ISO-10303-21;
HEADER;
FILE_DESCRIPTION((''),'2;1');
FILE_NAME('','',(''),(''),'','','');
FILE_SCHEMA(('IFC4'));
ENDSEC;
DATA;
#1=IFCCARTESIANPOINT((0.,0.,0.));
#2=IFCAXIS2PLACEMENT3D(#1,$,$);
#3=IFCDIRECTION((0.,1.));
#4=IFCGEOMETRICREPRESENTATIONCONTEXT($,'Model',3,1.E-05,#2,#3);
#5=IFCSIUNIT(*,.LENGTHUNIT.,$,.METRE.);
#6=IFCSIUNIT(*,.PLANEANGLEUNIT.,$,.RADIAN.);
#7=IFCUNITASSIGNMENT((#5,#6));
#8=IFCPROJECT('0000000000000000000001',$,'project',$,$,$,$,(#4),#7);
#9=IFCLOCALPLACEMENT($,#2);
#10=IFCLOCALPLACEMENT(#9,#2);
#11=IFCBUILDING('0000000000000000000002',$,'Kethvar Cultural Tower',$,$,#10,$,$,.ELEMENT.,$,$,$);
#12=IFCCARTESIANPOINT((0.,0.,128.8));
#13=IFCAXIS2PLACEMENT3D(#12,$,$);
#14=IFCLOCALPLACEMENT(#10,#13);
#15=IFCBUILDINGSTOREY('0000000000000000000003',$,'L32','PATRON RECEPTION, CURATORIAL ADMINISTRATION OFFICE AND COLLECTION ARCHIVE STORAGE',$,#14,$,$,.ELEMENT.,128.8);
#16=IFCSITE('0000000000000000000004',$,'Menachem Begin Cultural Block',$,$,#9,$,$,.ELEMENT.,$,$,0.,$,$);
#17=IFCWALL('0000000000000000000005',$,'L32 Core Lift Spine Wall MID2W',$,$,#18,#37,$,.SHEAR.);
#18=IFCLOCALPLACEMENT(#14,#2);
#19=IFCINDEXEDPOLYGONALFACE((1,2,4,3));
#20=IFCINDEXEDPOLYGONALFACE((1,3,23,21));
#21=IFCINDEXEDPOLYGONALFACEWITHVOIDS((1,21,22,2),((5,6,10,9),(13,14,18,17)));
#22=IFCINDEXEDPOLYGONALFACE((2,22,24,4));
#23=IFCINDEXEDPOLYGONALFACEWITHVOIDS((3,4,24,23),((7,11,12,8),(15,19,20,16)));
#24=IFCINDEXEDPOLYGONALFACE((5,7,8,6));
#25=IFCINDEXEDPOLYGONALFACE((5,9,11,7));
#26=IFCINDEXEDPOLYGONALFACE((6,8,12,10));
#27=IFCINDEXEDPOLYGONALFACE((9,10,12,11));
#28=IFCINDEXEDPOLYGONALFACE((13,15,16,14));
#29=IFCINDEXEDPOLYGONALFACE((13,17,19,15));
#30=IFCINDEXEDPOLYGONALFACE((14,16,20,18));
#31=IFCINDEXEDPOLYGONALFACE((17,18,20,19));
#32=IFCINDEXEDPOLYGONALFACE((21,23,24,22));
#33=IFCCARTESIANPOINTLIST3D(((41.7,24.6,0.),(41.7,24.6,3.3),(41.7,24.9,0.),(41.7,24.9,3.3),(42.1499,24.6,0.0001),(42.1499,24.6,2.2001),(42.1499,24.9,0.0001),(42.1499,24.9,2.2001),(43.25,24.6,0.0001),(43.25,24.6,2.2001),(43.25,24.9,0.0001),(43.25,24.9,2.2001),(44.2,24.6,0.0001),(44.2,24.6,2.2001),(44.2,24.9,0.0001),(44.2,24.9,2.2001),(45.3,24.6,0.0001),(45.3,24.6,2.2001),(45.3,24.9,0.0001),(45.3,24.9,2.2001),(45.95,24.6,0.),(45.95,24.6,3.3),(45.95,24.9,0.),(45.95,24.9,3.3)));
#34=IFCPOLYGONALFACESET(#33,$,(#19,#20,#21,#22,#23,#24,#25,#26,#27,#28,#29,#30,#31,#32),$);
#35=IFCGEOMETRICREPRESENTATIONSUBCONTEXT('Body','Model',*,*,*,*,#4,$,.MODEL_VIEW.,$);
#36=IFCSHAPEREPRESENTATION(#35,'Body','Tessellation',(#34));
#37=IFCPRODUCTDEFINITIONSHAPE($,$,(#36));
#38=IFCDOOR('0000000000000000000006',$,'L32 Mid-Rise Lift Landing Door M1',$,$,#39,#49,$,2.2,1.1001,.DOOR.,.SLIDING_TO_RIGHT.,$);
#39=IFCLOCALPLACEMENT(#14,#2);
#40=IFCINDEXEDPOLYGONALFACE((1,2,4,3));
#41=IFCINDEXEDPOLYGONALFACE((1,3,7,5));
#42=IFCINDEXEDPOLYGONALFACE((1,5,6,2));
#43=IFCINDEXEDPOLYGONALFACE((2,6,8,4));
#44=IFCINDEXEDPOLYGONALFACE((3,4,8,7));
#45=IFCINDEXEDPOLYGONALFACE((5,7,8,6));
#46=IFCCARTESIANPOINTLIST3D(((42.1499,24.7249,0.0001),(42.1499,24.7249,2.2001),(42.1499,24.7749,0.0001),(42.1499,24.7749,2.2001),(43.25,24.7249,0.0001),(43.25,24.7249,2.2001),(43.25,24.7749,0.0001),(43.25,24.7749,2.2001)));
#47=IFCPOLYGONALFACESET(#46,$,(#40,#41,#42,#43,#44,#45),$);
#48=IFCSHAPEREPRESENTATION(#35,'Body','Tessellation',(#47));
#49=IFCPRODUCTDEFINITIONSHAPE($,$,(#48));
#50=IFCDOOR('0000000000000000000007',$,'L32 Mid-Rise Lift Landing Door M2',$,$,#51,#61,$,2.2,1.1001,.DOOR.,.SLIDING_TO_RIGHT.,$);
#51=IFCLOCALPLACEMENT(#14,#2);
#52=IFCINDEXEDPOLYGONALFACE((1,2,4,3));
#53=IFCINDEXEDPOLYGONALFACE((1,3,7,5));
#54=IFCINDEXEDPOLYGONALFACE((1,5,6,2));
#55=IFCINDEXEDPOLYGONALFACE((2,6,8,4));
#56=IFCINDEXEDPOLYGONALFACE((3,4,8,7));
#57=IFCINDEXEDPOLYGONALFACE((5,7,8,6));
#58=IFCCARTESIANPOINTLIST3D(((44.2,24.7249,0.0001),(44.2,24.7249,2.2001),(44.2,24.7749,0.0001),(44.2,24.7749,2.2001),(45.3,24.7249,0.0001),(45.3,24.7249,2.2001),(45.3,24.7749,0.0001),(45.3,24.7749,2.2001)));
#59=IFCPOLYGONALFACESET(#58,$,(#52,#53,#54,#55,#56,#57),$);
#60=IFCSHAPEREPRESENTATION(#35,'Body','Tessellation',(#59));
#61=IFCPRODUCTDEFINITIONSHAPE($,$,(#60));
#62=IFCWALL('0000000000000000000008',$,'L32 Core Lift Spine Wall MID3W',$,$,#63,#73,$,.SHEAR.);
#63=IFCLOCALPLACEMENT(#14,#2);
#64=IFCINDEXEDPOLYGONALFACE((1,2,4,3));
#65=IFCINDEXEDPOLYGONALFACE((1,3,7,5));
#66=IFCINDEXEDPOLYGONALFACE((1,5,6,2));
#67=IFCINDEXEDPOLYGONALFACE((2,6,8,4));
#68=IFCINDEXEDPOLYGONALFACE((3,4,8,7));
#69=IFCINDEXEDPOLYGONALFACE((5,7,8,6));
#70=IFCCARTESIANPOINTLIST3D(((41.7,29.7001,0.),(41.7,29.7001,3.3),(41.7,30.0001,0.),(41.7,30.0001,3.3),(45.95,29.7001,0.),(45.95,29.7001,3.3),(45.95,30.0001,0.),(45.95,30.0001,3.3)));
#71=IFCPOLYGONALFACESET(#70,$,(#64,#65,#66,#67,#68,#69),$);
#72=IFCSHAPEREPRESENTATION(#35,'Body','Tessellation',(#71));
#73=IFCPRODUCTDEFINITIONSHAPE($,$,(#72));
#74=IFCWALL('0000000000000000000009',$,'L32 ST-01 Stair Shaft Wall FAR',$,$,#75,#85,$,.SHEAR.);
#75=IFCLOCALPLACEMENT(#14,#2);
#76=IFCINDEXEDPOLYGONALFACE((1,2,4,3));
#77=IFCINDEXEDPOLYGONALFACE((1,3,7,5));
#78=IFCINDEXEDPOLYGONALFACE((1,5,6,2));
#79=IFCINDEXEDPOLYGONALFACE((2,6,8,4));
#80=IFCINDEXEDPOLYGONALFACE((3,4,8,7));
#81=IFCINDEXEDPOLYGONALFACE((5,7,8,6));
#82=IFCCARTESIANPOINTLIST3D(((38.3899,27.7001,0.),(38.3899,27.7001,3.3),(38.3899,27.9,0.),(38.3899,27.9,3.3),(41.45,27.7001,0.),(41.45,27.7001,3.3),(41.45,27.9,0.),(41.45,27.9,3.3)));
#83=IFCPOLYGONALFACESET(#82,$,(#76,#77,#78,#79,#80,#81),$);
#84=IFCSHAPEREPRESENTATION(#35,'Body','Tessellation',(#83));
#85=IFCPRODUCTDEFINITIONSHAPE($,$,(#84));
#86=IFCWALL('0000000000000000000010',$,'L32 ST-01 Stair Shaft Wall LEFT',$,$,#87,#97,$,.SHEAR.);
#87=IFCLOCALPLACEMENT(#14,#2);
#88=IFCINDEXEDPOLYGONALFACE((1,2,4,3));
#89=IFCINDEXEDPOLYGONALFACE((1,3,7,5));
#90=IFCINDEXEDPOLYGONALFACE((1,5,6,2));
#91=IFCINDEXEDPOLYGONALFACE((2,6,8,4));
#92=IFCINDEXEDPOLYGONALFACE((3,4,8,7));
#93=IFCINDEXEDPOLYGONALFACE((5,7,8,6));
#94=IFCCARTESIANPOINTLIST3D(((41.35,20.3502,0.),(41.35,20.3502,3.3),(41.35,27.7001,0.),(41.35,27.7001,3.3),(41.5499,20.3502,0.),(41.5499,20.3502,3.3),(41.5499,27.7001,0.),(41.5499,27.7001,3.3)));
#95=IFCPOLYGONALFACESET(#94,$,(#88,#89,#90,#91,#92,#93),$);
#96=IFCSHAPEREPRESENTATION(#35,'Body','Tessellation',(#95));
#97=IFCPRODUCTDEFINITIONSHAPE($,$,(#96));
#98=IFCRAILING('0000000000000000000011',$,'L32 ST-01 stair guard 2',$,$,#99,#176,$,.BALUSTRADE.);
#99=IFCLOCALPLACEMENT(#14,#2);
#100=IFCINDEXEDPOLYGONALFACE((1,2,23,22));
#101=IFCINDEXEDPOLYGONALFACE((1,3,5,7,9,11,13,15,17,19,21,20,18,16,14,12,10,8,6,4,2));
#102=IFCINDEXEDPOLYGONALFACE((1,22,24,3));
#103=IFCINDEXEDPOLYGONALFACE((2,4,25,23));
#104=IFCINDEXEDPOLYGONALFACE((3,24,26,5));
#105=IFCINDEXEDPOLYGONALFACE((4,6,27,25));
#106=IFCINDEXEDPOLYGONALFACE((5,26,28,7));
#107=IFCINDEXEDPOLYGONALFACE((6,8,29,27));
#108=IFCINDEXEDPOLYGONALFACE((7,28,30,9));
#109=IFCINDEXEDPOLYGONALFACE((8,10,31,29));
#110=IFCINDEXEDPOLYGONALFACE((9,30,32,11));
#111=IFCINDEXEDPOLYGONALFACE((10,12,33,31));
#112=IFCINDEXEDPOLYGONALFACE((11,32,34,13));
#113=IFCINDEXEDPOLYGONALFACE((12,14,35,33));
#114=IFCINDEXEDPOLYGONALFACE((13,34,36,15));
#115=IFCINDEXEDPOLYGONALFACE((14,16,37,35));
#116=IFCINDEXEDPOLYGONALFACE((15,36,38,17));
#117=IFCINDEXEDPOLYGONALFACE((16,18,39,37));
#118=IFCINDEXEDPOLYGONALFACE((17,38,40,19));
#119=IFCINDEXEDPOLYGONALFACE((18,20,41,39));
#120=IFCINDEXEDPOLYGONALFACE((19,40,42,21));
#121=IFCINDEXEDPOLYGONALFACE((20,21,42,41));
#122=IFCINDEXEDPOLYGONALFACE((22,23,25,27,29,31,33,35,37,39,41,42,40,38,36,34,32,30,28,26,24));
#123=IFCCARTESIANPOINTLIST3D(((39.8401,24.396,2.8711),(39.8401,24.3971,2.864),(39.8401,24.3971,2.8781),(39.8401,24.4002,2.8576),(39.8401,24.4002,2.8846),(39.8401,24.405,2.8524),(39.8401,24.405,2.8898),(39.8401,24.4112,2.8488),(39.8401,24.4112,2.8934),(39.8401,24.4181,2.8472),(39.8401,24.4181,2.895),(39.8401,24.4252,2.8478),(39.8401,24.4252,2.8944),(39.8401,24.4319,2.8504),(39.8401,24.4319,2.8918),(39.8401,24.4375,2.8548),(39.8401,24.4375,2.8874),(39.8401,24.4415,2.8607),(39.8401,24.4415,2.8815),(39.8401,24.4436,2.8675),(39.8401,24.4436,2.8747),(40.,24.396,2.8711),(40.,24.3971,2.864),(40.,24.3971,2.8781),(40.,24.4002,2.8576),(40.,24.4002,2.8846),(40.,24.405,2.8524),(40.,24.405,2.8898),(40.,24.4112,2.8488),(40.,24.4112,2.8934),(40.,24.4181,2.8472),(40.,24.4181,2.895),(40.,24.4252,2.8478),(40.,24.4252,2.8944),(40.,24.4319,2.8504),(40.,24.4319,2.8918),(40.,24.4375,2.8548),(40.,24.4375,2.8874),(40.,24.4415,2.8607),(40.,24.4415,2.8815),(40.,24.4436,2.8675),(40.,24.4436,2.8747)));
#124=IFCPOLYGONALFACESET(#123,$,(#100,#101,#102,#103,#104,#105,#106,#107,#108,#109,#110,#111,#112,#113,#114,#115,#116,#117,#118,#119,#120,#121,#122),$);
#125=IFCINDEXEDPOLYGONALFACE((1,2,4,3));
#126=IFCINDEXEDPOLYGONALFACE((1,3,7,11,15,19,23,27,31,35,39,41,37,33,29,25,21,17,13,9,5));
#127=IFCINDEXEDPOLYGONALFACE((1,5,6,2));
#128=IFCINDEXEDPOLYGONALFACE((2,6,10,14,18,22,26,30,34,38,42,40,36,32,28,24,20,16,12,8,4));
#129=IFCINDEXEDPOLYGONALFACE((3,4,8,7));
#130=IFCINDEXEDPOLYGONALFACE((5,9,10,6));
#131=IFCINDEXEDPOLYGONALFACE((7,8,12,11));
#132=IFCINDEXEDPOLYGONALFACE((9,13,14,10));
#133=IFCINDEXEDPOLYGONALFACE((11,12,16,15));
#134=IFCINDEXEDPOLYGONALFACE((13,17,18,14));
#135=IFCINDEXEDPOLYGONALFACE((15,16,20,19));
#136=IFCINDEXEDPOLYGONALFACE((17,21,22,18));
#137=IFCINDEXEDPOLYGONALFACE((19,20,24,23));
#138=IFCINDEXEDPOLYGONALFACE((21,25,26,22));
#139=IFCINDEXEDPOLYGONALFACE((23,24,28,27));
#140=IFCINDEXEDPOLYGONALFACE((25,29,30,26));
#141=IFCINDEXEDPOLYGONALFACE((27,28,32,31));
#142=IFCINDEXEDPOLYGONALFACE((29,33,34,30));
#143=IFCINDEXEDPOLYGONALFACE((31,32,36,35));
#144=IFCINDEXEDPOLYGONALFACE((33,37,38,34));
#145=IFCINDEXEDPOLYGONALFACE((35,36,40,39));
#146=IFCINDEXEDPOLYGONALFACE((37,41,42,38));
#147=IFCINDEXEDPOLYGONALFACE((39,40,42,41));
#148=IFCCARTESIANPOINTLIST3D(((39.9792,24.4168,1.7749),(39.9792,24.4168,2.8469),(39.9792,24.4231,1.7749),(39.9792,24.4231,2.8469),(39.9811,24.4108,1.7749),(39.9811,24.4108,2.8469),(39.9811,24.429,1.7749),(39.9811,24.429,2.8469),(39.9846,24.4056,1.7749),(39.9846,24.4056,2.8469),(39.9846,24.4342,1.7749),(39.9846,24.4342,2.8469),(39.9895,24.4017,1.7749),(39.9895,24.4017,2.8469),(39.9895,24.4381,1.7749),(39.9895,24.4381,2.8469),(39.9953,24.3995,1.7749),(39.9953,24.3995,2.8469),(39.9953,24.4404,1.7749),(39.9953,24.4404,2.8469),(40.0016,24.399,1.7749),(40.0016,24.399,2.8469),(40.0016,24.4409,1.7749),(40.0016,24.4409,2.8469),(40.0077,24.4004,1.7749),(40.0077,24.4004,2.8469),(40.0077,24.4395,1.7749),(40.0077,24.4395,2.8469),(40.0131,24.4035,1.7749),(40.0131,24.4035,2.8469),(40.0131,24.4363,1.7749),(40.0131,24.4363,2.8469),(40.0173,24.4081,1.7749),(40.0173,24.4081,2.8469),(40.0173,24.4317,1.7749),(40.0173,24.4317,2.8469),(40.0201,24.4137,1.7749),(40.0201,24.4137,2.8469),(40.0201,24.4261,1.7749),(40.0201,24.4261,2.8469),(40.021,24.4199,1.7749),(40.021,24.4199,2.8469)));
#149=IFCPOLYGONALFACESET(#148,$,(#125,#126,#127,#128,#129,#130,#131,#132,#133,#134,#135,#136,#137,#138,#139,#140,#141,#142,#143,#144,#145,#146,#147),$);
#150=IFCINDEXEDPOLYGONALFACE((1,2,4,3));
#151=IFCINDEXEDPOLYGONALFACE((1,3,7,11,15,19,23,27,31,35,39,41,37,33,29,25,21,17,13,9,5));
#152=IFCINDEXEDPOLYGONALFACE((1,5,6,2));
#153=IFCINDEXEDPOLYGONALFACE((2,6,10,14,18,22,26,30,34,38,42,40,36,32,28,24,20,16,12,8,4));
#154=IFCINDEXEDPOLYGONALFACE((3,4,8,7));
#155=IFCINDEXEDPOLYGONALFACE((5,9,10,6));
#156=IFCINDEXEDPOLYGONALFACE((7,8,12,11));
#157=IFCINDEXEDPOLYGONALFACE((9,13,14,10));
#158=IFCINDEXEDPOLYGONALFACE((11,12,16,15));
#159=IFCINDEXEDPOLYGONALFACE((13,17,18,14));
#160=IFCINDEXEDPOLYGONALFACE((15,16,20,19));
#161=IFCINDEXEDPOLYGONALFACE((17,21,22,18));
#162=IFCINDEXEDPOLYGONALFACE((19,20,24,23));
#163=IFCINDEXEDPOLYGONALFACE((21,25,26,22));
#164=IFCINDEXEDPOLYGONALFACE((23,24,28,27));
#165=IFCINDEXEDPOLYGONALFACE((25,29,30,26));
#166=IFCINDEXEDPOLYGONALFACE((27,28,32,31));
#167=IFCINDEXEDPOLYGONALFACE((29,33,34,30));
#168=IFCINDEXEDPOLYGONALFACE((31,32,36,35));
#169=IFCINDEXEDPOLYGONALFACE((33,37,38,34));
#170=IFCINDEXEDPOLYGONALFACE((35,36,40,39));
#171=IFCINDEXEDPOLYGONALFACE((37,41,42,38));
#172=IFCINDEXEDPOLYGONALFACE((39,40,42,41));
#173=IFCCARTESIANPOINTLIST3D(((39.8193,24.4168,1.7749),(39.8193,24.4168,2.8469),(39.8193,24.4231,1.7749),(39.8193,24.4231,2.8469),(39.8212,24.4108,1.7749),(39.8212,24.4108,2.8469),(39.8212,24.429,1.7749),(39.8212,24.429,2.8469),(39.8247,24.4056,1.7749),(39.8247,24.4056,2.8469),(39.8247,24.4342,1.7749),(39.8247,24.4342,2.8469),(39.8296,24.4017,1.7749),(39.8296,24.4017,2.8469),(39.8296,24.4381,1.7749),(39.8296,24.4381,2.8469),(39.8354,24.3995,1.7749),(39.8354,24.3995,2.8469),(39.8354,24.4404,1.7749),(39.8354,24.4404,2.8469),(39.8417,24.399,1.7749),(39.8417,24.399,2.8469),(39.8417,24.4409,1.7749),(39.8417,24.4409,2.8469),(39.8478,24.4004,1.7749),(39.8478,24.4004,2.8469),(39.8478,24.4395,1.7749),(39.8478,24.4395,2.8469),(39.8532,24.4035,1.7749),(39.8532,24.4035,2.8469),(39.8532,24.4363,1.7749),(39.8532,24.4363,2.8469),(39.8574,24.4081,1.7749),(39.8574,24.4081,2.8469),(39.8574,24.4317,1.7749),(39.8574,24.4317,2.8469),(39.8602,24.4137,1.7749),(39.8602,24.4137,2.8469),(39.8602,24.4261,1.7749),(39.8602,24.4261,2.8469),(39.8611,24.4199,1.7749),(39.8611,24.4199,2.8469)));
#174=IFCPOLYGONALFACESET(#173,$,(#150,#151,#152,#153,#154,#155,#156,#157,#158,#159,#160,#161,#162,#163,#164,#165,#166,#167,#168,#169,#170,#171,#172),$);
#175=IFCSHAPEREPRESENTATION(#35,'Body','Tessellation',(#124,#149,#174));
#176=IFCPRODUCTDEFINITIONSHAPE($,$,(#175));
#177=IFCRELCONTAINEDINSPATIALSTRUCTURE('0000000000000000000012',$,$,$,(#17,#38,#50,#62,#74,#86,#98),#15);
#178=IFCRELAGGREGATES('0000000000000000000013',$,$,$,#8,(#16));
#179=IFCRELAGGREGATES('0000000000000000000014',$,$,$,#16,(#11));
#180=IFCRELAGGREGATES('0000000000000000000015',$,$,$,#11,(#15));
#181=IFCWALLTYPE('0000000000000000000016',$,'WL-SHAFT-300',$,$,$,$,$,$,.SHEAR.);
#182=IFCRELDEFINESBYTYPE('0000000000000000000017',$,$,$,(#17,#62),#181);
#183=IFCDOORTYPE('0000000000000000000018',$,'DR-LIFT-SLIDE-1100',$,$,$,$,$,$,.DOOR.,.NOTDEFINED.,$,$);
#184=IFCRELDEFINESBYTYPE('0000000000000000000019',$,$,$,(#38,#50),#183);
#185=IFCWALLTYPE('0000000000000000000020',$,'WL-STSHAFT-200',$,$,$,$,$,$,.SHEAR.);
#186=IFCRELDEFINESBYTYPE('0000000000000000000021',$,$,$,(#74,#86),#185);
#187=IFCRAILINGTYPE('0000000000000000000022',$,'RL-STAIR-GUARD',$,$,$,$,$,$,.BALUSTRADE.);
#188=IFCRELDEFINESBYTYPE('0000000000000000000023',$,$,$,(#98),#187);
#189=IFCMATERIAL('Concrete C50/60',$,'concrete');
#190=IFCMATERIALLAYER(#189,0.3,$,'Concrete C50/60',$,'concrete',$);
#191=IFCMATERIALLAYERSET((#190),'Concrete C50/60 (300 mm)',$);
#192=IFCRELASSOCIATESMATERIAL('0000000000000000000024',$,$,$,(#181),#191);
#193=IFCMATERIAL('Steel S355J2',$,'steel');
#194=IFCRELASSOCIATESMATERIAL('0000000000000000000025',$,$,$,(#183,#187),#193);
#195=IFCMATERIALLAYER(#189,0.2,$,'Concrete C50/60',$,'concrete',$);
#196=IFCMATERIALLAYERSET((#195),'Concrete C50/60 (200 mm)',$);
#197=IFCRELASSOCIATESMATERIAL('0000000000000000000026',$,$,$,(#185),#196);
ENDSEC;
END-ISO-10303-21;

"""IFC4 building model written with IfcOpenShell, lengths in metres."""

from ifc_helpers import new_model, si_unit, direction, frame, frame_2d, origin, origin_2d, place, context, subcontext, project, spatial, rectangle, circle, extrude, source, transform, mapped, material, layer, layer_set, type_object, element, fill, save


model = new_model("IFC4")

# Units and contexts
model_context = context("Model", 3, precision=1e-05, world=origin(), true_north=direction((0.0, 1.0)))
body_context = subcontext(model_context, "Body", "Model", "MODEL_VIEW")
ifc_project = project(units=[si_unit("LENGTHUNIT", "METRE"), si_unit("PLANEANGLEUNIT", "RADIAN")], contexts=[model_context])

# Site, building, storey
site_placement = place(None, origin())
site = spatial("IfcSite", under=ifc_project, at=site_placement, Name="Menachem Begin Cultural Block", CompositionType="ELEMENT", RefElevation=0.0)
building_placement = place(site_placement, origin())
building = spatial("IfcBuilding", under=site, at=building_placement, Name="Kethvar Cultural Tower", CompositionType="ELEMENT")
storey_placement = place(building_placement, frame((0.0, 0.0, 128.8)))
storey = spatial("IfcBuildingStorey", under=building, at=storey_placement, Name="L32", Description="PATRON RECEPTION, CURATORIAL ADMINISTRATION OFFICE AND COLLECTION ARCHIVE STORAGE", CompositionType="ELEMENT", Elevation=128.8)

# Shared definitions
ifc_material_1 = material(Name="Steel S355J2", Category="steel")

# Wall, openings, doors
ifc_material_2 = material(Name="Concrete C50/60", Category="concrete")
ifc_layer_1 = layer(ifc_material_2, 0.3, Name="Concrete C50/60", Category="concrete")
ifc_layer_set_1 = layer_set([ifc_layer_1], Name="Concrete C50/60 (300 mm)")
wall_type_1 = type_object("IfcWallType", Name="WL-SHAFT-300", PredefinedType="SHEAR", material=ifc_layer_set_1)
wall_1_placement = place(storey_placement, frame((41.7, 24.75, 0.0), z_axis=(0.0, 0.0, 1.0), x_axis=(1.0, 0.0, 0.0)))
wall_1 = element("IfcWall", 1, at=wall_1_placement, inside=storey, type_object=wall_type_1, Name="L32 Core Lift Spine Wall MID2W", PredefinedType="SHEAR", context=body_context, shape_type="SweptSolid", body=[
    extrude(rectangle(XDim=4.25, YDim=0.3, at=frame_2d((2.125, 0.0))), origin(), (0.0, 0.0, 1.0), 3.3),
])
opening_1_placement = place(wall_1_placement, frame((0.45, 0.0, 0.0)))
opening_1 = element("IfcOpeningElement", 2, at=opening_1_placement, cuts=wall_1, PredefinedType="OPENING", context=body_context, shape_type="SweptSolid", body=[
    extrude(rectangle(XDim=1.1001, YDim=2.2, at=frame_2d((0.55, 1.1001))), frame((0.0, 0.1599, 0.0), z_axis=(0.0, -1.0, 0.0), x_axis=(1.0, 0.0, 0.0)), (0.0, 0.0, 1.0), 0.3201),
])
opening_2_placement = place(wall_1_placement, frame((2.5, 0.0, 0.0)))
opening_2 = element("IfcOpeningElement", 3, at=opening_2_placement, cuts=wall_1, PredefinedType="OPENING", context=body_context, shape_type="SweptSolid", body=[
    extrude(rectangle(XDim=1.1001, YDim=2.2, at=frame_2d((0.55, 1.1001))), frame((0.0, 0.1599, 0.0), z_axis=(0.0, -1.0, 0.0), x_axis=(1.0, 0.0, 0.0)), (0.0, 0.0, 1.0), 0.3201),
])
door_type = type_object("IfcDoorType", Name="DR-LIFT-SLIDE-1100", OperationType="NOTDEFINED", PredefinedType="DOOR", material=ifc_material_1)
shared_shape_1 = source(origin(), body_context, "Body", "SweptSolid", [
    extrude(rectangle(XDim=1.1001, YDim=2.2, at=frame_2d((0.55, 1.1001))), frame((0.0, 0.0249, 0.0), z_axis=(0.0, -1.0, 0.0), x_axis=(1.0, 0.0, 0.0)), (0.0, 0.0, 1.0), 0.05),
])
door_1_placement = place(opening_1_placement, origin())
door_1 = element("IfcDoor", 4, at=door_1_placement, inside=storey, type_object=door_type, Name="L32 Mid-Rise Lift Landing Door M1", OperationType="SLIDING_TO_RIGHT", OverallHeight=2.2, OverallWidth=1.1001, PredefinedType="DOOR", context=body_context, shape_type="MappedRepresentation", body=[
    mapped(shared_shape_1, transform((0.0, 0.0, 0.0), scale=1.0)),
])
fill(opening_1, door_1)
door_2_placement = place(opening_2_placement, origin())
door_2 = element("IfcDoor", 5, at=door_2_placement, inside=storey, type_object=door_type, Name="L32 Mid-Rise Lift Landing Door M2", OperationType="SLIDING_TO_RIGHT", OverallHeight=2.2, OverallWidth=1.1001, PredefinedType="DOOR", context=body_context, shape_type="MappedRepresentation", body=[
    mapped(shared_shape_1, transform((0.0, 0.0, 0.0), scale=1.0)),
])
fill(opening_2, door_2)

# Walls
wall_2_placement = place(storey_placement, frame((41.7, 29.8501, 0.0), z_axis=(0.0, 0.0, 1.0), x_axis=(1.0, 0.0, 0.0)))
element("IfcWall", 6, at=wall_2_placement, inside=storey, type_object=wall_type_1, Name="L32 Core Lift Spine Wall MID3W", PredefinedType="SHEAR", context=body_context, shape_type="SweptSolid", body=[
    extrude(rectangle(XDim=4.25, YDim=0.3, at=frame_2d((2.125, 0.0))), origin(), (0.0, 0.0, 1.0), 3.3),
])
ifc_layer_2 = layer(ifc_material_2, 0.2, Name="Concrete C50/60", Category="concrete")
ifc_layer_set_2 = layer_set([ifc_layer_2], Name="Concrete C50/60 (200 mm)")
wall_type_2 = type_object("IfcWallType", Name="WL-STSHAFT-200", PredefinedType="SHEAR", material=ifc_layer_set_2)
wall_3_placement = place(storey_placement, frame((38.3899, 27.8, 0.0), z_axis=(0.0, 0.0, 1.0), x_axis=(1.0, 0.0, 0.0)))
element("IfcWall", 7, at=wall_3_placement, inside=storey, type_object=wall_type_2, Name="L32 ST-01 Stair Shaft Wall FAR", PredefinedType="SHEAR", context=body_context, shape_type="SweptSolid", body=[
    extrude(rectangle(XDim=3.0601, YDim=0.2, at=frame_2d((1.53, 0.0))), origin(), (0.0, 0.0, 1.0), 3.3),
])
wall_4_placement = place(storey_placement, frame((41.45, 27.7, 0.0), z_axis=(0.0, 0.0, 1.0), x_axis=(0.0, -1.0, 0.0)))
element("IfcWall", 8, at=wall_4_placement, inside=storey, type_object=wall_type_2, Name="L32 ST-01 Stair Shaft Wall LEFT", PredefinedType="SHEAR", context=body_context, shape_type="SweptSolid", body=[
    extrude(rectangle(XDim=7.3499, YDim=0.2, at=frame_2d((3.6748, 0.0))), origin(), (0.0, 0.0, 1.0), 3.3),
])

# Railing
railing_type = type_object("IfcRailingType", Name="RL-STAIR-GUARD", PredefinedType="BALUSTRADE", material=ifc_material_1)
railing_placement = place(storey_placement, frame((40.0, 24.4199, 1.7749)))
element("IfcRailing", 9, at=railing_placement, inside=storey, type_object=railing_type, Name="L32 ST-01 stair guard 2", PredefinedType="BALUSTRADE", context=body_context, shape_type="SweptSolid", body=[
    extrude(circle(Radius=0.0239, at=origin_2d()), frame((0.0, 0.0, 1.0962), z_axis=(-1.0, 0.0, 0.0), x_axis=(0.0, -1.0, 0.0)), (0.0, 0.0, 1.0), 0.1599),
    extrude(circle(Radius=0.021, at=origin_2d()), origin(), (0.0, 0.0, 1.0), 1.072),
    extrude(circle(Radius=0.021, at=origin_2d()), frame((-0.1599, 0.0, 0.0)), (0.0, 0.0, 1.0), 1.072),
])

save(model, "model.ifc")
